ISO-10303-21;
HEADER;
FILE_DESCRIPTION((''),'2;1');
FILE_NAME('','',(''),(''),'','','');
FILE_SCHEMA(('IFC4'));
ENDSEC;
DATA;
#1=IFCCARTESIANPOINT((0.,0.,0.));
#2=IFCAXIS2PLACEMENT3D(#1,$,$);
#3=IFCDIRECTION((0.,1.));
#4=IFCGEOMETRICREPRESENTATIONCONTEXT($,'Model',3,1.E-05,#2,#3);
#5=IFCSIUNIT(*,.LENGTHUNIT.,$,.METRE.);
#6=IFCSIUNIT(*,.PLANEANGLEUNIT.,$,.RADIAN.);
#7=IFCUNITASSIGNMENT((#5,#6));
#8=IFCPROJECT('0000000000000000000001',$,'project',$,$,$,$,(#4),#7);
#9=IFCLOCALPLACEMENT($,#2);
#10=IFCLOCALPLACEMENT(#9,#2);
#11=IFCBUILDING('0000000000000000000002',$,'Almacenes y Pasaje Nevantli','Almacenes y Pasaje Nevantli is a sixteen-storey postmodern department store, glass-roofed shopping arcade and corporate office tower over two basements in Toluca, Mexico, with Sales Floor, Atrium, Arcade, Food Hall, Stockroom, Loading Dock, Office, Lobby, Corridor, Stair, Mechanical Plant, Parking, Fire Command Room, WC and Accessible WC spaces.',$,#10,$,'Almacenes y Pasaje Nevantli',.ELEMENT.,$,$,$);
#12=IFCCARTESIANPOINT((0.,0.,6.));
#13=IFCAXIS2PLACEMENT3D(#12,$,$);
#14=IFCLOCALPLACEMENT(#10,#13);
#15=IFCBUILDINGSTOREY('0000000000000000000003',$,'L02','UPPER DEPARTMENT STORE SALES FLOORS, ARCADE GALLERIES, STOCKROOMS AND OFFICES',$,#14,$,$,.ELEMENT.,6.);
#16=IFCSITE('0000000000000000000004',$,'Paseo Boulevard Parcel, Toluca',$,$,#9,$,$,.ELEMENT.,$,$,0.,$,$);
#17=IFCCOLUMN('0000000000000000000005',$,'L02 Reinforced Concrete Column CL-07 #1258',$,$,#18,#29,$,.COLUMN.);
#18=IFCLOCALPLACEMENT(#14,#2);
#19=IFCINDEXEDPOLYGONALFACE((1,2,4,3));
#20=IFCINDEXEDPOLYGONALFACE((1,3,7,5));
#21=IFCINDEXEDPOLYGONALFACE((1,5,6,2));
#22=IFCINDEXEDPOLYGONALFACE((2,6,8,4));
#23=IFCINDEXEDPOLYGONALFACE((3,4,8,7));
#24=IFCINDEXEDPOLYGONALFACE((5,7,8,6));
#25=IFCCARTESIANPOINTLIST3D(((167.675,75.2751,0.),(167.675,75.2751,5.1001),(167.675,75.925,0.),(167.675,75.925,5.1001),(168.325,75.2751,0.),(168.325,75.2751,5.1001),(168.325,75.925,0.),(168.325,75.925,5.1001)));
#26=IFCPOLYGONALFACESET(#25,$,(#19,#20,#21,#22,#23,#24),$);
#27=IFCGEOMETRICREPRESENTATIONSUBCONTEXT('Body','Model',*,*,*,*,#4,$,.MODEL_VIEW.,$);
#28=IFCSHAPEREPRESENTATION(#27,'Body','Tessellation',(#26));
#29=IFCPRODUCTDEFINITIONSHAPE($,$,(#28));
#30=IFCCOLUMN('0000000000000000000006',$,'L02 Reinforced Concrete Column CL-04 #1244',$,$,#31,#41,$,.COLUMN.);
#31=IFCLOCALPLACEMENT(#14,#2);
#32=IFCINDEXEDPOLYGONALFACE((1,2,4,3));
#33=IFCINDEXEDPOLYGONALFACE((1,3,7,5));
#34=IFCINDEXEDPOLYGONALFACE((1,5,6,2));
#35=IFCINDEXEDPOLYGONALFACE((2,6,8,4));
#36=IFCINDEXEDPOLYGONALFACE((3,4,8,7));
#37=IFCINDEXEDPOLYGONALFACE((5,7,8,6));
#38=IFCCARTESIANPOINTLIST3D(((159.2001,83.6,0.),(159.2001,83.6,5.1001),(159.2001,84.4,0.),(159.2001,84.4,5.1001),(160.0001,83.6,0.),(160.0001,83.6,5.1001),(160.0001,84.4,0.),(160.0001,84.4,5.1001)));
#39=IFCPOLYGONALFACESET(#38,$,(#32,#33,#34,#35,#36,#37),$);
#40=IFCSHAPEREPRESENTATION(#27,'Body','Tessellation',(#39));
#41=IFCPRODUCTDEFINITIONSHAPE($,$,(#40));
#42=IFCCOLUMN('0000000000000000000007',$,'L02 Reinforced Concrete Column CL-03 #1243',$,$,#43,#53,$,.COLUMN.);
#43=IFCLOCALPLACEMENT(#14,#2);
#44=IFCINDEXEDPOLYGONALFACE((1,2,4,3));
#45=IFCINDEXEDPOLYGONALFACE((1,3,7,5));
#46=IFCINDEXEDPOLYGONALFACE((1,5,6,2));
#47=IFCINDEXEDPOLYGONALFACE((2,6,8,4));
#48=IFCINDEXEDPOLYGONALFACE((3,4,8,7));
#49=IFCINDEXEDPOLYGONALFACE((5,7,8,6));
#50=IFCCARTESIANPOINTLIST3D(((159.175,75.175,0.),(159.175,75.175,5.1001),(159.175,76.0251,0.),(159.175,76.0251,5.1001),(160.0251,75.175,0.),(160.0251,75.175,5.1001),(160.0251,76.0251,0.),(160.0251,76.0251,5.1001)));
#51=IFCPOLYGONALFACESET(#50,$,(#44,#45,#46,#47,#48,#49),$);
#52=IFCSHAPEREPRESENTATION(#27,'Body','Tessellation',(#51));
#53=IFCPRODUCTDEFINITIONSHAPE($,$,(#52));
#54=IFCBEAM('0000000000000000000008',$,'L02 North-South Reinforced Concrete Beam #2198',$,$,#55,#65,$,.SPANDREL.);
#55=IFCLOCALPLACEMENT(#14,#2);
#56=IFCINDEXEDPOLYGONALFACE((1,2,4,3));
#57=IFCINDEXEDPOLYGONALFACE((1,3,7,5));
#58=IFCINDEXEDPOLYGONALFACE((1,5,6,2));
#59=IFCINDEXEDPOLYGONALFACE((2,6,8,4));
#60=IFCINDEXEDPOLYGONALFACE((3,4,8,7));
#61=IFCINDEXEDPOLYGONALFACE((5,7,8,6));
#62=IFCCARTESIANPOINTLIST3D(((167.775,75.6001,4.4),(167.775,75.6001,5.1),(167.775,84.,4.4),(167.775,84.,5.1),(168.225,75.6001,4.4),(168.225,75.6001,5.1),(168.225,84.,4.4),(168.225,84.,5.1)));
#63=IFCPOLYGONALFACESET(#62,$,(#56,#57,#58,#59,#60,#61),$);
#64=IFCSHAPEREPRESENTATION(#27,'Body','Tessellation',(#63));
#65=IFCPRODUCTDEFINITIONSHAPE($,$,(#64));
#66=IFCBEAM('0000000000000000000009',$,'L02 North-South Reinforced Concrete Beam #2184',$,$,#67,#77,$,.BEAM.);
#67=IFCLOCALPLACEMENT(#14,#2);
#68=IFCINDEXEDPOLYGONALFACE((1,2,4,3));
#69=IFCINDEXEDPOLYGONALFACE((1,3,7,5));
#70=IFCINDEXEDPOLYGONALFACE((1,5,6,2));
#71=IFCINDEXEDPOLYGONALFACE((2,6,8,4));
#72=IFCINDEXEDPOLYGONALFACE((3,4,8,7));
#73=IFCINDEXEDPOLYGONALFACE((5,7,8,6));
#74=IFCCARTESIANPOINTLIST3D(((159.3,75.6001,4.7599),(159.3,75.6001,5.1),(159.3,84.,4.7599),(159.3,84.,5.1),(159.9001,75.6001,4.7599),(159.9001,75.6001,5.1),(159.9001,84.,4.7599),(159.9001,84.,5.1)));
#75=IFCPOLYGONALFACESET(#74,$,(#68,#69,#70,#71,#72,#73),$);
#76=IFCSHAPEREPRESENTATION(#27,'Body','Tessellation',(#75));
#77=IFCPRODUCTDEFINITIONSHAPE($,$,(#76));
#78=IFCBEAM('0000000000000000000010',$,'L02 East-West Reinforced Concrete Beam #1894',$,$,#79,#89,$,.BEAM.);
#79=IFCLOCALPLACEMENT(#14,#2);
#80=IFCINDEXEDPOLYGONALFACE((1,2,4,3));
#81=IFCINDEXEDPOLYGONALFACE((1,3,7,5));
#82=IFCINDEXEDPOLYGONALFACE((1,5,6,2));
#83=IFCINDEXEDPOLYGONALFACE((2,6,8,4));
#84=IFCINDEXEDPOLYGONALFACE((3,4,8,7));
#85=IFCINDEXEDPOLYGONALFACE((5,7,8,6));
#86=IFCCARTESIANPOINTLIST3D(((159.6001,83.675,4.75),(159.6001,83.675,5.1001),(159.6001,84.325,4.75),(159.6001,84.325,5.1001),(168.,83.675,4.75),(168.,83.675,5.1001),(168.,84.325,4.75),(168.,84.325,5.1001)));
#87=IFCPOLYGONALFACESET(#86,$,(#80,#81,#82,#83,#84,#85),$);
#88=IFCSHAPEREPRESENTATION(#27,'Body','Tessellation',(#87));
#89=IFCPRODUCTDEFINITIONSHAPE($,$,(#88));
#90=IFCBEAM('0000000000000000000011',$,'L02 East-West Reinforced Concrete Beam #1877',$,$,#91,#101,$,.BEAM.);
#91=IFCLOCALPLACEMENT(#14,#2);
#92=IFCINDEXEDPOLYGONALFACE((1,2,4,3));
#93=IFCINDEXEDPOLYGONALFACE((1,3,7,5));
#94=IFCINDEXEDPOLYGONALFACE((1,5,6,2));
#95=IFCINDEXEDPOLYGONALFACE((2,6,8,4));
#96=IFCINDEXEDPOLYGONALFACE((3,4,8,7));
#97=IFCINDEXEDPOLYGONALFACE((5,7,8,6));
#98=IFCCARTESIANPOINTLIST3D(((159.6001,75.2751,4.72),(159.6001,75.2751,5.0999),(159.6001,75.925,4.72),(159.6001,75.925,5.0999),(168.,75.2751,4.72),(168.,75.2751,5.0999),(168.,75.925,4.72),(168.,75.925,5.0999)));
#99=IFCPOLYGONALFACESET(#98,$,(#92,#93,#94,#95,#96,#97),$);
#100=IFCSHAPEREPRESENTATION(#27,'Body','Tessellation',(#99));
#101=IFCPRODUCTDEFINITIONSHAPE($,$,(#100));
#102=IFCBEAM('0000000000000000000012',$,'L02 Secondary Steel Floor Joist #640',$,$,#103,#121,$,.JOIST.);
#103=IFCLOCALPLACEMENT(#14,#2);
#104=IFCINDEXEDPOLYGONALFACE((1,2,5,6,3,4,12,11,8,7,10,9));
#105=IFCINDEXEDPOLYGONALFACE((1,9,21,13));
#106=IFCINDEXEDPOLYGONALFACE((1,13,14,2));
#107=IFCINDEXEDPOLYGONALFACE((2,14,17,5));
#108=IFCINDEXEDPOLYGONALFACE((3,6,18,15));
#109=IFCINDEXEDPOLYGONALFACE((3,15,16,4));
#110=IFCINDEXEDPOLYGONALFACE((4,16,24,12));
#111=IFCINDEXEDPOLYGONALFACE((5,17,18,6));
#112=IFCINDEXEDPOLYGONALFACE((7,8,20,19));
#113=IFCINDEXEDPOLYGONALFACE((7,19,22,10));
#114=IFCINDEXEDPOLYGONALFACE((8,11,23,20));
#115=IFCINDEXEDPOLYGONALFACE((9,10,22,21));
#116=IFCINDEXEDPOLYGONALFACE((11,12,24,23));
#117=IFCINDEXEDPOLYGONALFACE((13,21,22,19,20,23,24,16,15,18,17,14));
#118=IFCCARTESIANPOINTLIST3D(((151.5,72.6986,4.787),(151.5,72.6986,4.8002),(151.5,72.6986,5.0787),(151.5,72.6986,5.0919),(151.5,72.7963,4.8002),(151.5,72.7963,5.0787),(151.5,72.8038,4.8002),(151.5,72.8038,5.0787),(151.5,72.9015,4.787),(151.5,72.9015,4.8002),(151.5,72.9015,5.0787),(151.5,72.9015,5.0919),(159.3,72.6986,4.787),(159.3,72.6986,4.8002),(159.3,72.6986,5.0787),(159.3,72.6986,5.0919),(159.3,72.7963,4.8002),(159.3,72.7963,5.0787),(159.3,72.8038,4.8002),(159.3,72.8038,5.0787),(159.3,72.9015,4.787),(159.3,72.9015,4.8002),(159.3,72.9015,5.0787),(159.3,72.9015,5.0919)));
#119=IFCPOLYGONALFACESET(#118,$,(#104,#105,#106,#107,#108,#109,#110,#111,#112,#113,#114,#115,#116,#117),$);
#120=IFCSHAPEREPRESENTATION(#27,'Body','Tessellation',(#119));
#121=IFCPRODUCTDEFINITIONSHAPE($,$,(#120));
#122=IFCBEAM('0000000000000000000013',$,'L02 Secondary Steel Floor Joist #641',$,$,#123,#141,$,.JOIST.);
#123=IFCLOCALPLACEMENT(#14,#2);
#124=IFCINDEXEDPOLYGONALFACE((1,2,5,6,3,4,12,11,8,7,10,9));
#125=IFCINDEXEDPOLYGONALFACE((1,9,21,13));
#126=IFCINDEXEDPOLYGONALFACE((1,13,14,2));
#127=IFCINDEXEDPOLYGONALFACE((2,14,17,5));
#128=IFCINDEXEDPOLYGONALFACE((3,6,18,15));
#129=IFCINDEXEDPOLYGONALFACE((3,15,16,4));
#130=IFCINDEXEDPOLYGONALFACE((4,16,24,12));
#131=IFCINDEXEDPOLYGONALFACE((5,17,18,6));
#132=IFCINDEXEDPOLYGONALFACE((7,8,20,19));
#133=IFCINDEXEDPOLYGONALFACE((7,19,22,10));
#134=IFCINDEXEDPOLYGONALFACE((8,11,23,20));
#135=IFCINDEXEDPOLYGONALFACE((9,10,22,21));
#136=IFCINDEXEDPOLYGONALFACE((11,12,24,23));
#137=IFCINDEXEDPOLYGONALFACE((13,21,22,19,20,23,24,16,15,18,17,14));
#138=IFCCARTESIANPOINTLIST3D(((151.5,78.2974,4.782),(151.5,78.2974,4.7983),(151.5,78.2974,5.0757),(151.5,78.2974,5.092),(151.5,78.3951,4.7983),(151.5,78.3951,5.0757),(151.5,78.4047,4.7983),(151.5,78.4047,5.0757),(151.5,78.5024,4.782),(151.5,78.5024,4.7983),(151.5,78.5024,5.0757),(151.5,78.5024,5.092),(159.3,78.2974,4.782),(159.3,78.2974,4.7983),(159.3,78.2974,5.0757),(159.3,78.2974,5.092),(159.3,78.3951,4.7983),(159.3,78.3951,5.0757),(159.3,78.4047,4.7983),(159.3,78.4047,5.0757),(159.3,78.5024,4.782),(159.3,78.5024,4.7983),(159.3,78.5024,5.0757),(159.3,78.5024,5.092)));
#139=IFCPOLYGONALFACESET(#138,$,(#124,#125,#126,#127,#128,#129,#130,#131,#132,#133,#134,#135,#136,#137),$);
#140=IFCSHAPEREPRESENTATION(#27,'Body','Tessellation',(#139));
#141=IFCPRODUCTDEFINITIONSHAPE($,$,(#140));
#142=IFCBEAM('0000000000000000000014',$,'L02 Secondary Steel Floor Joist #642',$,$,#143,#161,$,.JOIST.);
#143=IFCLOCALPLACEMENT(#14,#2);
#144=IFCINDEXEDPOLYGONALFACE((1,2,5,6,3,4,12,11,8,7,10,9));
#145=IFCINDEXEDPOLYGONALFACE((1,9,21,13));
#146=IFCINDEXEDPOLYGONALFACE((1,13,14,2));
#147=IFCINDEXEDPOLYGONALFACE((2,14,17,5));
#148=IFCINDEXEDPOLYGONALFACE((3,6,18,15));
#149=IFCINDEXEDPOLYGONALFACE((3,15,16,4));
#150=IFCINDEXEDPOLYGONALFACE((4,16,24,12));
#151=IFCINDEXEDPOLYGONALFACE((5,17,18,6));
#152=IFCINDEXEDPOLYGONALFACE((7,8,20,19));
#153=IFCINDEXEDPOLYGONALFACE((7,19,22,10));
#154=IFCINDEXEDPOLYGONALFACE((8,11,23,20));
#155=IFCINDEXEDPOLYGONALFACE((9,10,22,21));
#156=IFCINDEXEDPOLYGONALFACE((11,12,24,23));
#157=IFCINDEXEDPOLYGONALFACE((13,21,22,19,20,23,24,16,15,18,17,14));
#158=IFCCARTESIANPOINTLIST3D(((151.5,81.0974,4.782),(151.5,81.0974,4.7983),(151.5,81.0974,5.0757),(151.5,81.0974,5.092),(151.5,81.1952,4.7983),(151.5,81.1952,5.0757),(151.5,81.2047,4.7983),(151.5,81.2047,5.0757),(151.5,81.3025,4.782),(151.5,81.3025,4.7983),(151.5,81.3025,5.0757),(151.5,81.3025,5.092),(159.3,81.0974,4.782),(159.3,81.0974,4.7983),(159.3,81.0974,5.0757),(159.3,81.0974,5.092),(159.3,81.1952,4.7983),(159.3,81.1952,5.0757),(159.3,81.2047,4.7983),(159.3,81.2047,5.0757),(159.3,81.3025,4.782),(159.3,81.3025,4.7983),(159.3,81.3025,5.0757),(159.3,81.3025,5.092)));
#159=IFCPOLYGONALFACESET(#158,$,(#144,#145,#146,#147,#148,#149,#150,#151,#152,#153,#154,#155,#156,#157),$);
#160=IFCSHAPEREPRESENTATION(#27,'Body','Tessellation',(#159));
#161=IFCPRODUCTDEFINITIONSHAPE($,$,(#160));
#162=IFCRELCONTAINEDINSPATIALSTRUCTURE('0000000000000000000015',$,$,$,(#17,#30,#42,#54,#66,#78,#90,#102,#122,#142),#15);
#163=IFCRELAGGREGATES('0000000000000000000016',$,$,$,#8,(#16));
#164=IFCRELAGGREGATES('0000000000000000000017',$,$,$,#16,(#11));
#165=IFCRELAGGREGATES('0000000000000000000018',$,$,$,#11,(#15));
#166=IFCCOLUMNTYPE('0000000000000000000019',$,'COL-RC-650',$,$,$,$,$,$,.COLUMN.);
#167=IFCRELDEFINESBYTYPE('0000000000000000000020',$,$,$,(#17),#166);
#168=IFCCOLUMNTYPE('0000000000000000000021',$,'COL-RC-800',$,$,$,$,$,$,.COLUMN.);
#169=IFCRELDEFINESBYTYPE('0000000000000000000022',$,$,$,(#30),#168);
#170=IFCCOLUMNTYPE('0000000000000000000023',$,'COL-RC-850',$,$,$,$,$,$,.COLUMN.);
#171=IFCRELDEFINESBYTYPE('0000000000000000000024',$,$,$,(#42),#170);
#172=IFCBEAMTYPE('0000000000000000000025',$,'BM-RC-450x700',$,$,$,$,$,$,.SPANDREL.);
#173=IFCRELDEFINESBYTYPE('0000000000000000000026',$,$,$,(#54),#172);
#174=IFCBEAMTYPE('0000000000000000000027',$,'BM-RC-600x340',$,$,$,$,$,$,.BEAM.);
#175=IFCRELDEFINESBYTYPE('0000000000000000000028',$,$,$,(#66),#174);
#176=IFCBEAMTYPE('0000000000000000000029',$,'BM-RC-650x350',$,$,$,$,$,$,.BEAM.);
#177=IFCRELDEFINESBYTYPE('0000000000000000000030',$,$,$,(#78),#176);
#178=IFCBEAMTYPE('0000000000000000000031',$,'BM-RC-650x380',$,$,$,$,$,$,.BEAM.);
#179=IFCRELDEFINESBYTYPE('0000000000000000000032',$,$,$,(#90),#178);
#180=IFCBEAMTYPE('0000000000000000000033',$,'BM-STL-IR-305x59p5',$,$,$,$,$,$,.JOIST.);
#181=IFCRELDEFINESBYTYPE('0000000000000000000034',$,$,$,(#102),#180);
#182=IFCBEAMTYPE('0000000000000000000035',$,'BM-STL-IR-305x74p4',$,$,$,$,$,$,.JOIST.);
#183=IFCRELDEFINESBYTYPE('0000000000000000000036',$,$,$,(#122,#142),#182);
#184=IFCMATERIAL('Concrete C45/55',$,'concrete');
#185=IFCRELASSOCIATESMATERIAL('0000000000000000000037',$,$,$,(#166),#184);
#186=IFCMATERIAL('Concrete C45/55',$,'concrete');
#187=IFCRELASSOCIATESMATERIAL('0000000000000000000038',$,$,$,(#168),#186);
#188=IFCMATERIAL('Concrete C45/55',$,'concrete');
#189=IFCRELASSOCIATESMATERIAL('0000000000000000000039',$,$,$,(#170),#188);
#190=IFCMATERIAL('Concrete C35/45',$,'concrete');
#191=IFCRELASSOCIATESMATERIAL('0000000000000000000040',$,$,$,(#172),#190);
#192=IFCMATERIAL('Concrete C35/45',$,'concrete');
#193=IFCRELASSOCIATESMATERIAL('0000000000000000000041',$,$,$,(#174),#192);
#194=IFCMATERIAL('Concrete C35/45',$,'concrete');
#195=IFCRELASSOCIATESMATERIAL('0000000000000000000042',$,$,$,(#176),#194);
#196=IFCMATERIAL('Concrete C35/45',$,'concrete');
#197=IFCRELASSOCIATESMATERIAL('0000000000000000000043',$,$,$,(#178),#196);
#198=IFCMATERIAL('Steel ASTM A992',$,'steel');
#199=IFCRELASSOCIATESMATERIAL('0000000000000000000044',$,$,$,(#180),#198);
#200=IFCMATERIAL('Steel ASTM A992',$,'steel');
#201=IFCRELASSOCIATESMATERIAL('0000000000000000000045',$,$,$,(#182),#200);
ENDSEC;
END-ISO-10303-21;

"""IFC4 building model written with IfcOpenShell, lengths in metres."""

from ifc_helpers import new_model, si_unit, direction, frame, origin, origin_2d, place, context, subcontext, project, spatial, rectangle, i_section, extrude, material, material_profile, profile_set, type_object, element, save


model = new_model("IFC4")

# Units and contexts
model_context = context("Model", 3, precision=1e-05, world=origin(), true_north=direction((0.0, 1.0)))
body_context = subcontext(model_context, "Body", "Model", "MODEL_VIEW")
ifc_project = project(units=[si_unit("LENGTHUNIT", "METRE"), si_unit("PLANEANGLEUNIT", "RADIAN")], contexts=[model_context])

# Site, building, storey
site_placement = place(None, origin())
site = spatial("IfcSite", under=ifc_project, at=site_placement, Name="Paseo Boulevard Parcel, Toluca", CompositionType="ELEMENT", RefElevation=0.0)
building_placement = place(site_placement, origin())
building = spatial("IfcBuilding", under=site, at=building_placement, Name="Almacenes y Pasaje Nevantli", Description="Almacenes y Pasaje Nevantli is a sixteen-storey postmodern department store, glass-roofed shopping arcade and corporate office tower over two basements in Toluca, Mexico, with Sales Floor, Atrium, Arcade, Food Hall, Stockroom, Loading Dock, Office, Lobby, Corridor, Stair, Mechanical Plant, Parking, Fire Command Room, WC and Accessible WC spaces.", LongName="Almacenes y Pasaje Nevantli", CompositionType="ELEMENT")
storey_placement = place(building_placement, frame((0.0, 0.0, 6.0)))
storey = spatial("IfcBuildingStorey", under=building, at=storey_placement, Name="L02", Description="UPPER DEPARTMENT STORE SALES FLOORS, ARCADE GALLERIES, STOCKROOMS AND OFFICES", CompositionType="ELEMENT", Elevation=6.0)

# Columns
ifc_material_1 = material(Name="Concrete C45/55", Category="concrete")
ifc_material_profile_1 = material_profile(ifc_material_1, rectangle(XDim=0.6499, YDim=0.6499, at=origin_2d()), Name="RC-COL-650x650")
ifc_profile_set_1 = profile_set([ifc_material_profile_1], Name="Concrete C45/55")
column_type_1 = type_object("IfcColumnType", Name="COL-RC-650", PredefinedType="COLUMN", material=ifc_profile_set_1)
column_1_placement = place(storey_placement, frame((168.0, 75.6001, 0.0), z_axis=(0.0, 0.0, 1.0), x_axis=(1.0, 0.0, 0.0)))
element("IfcColumn", 1, at=column_1_placement, inside=storey, type_object=column_type_1, Name="L02 Reinforced Concrete Column CL-07 #1258", PredefinedType="COLUMN", context=body_context, shape_type="SweptSolid", body=[
    extrude(rectangle(XDim=0.6499, YDim=0.6499, at=origin_2d()), origin(), (0.0, 0.0, 1.0), 5.1001),
])
ifc_material_2 = material(Name="Concrete C45/55", Category="concrete")
ifc_material_profile_2 = material_profile(ifc_material_2, rectangle(XDim=0.8, YDim=0.8, at=origin_2d()), Name="RC-COL-800x800")
ifc_profile_set_2 = profile_set([ifc_material_profile_2], Name="Concrete C45/55")
column_type_2 = type_object("IfcColumnType", Name="COL-RC-800", PredefinedType="COLUMN", material=ifc_profile_set_2)
column_2_placement = place(storey_placement, frame((159.6001, 84.0, 0.0), z_axis=(0.0, 0.0, 1.0), x_axis=(1.0, 0.0, 0.0)))
element("IfcColumn", 2, at=column_2_placement, inside=storey, type_object=column_type_2, Name="L02 Reinforced Concrete Column CL-04 #1244", PredefinedType="COLUMN", context=body_context, shape_type="SweptSolid", body=[
    extrude(rectangle(XDim=0.8, YDim=0.8, at=origin_2d()), origin(), (0.0, 0.0, 1.0), 5.1001),
])
ifc_material_3 = material(Name="Concrete C45/55", Category="concrete")
ifc_material_profile_3 = material_profile(ifc_material_3, rectangle(XDim=0.8501, YDim=0.8501, at=origin_2d()), Name="RC-COL-850x850")
ifc_profile_set_3 = profile_set([ifc_material_profile_3], Name="Concrete C45/55")
column_type_3 = type_object("IfcColumnType", Name="COL-RC-850", PredefinedType="COLUMN", material=ifc_profile_set_3)
column_3_placement = place(storey_placement, frame((159.6001, 75.6001, 0.0), z_axis=(0.0, 0.0, 1.0), x_axis=(1.0, 0.0, 0.0)))
element("IfcColumn", 3, at=column_3_placement, inside=storey, type_object=column_type_3, Name="L02 Reinforced Concrete Column CL-03 #1243", PredefinedType="COLUMN", context=body_context, shape_type="SweptSolid", body=[
    extrude(rectangle(XDim=0.8501, YDim=0.8501, at=origin_2d()), origin(), (0.0, 0.0, 1.0), 5.1001),
])

# Beams
ifc_material_4 = material(Name="Concrete C35/45", Category="concrete")
ifc_material_profile_4 = material_profile(ifc_material_4, rectangle(XDim=0.45, YDim=0.7, at=origin_2d()), Name="RC-BM-450x700")
ifc_profile_set_4 = profile_set([ifc_material_profile_4], Name="Concrete C35/45")
beam_type_1 = type_object("IfcBeamType", Name="BM-RC-450x700", PredefinedType="SPANDREL", material=ifc_profile_set_4)
beam_1_placement = place(storey_placement, frame((168.0, 75.6001, 4.75), z_axis=(0.0, 1.0, 0.0), x_axis=(-1.0, 0.0, 0.0)))
element("IfcBeam", 4, at=beam_1_placement, inside=storey, type_object=beam_type_1, Name="L02 North-South Reinforced Concrete Beam #2198", PredefinedType="SPANDREL", context=body_context, shape_type="SweptSolid", body=[
    extrude(rectangle(XDim=0.45, YDim=0.7, at=origin_2d()), origin(), (0.0, 0.0, 1.0), 8.3999),
])
ifc_material_5 = material(Name="Concrete C35/45", Category="concrete")
ifc_material_profile_5 = material_profile(ifc_material_5, rectangle(XDim=0.6001, YDim=0.3401, at=origin_2d()), Name="RC-BM-600x340")
ifc_profile_set_5 = profile_set([ifc_material_profile_5], Name="Concrete C35/45")
beam_type_2 = type_object("IfcBeamType", Name="BM-RC-600x340", PredefinedType="BEAM", material=ifc_profile_set_5)
beam_2_placement = place(storey_placement, frame((159.6001, 75.6001, 4.9299), z_axis=(0.0, 1.0, 0.0), x_axis=(-1.0, 0.0, 0.0)))
element("IfcBeam", 5, at=beam_2_placement, inside=storey, type_object=beam_type_2, Name="L02 North-South Reinforced Concrete Beam #2184", PredefinedType="BEAM", context=body_context, shape_type="SweptSolid", body=[
    extrude(rectangle(XDim=0.6001, YDim=0.3401, at=origin_2d()), origin(), (0.0, 0.0, 1.0), 8.3999),
])
ifc_material_6 = material(Name="Concrete C35/45", Category="concrete")
ifc_material_profile_6 = material_profile(ifc_material_6, rectangle(XDim=0.6499, YDim=0.3501, at=origin_2d()), Name="RC-BM-650x350")
ifc_profile_set_6 = profile_set([ifc_material_profile_6], Name="Concrete C35/45")
beam_type_3 = type_object("IfcBeamType", Name="BM-RC-650x350", PredefinedType="BEAM", material=ifc_profile_set_6)
beam_3_placement = place(storey_placement, frame((159.6001, 84.0, 4.925), z_axis=(1.0, 0.0, 0.0), x_axis=(0.0, 1.0, 0.0)))
element("IfcBeam", 6, at=beam_3_placement, inside=storey, type_object=beam_type_3, Name="L02 East-West Reinforced Concrete Beam #1894", PredefinedType="BEAM", context=body_context, shape_type="SweptSolid", body=[
    extrude(rectangle(XDim=0.6499, YDim=0.3501, at=origin_2d()), origin(), (0.0, 0.0, 1.0), 8.3999),
])
ifc_material_7 = material(Name="Concrete C35/45", Category="concrete")
ifc_material_profile_7 = material_profile(ifc_material_7, rectangle(XDim=0.6499, YDim=0.3799, at=origin_2d()), Name="RC-BM-650x380")
ifc_profile_set_7 = profile_set([ifc_material_profile_7], Name="Concrete C35/45")
beam_type_4 = type_object("IfcBeamType", Name="BM-RC-650x380", PredefinedType="BEAM", material=ifc_profile_set_7)
beam_4_placement = place(storey_placement, frame((159.6001, 75.6001, 4.9099), z_axis=(1.0, 0.0, 0.0), x_axis=(0.0, 1.0, 0.0)))
element("IfcBeam", 7, at=beam_4_placement, inside=storey, type_object=beam_type_4, Name="L02 East-West Reinforced Concrete Beam #1877", PredefinedType="BEAM", context=body_context, shape_type="SweptSolid", body=[
    extrude(rectangle(XDim=0.6499, YDim=0.3799, at=origin_2d()), origin(), (0.0, 0.0, 1.0), 8.3999),
])
ifc_material_8 = material(Name="Steel ASTM A992", Category="steel")
ifc_material_profile_8 = material_profile(ifc_material_8, i_section(OverallWidth=0.2029, OverallDepth=0.3049, WebThickness=0.0076, FlangeThickness=0.0132, at=origin_2d()), Name="IR 305x59.5")
ifc_profile_set_8 = profile_set([ifc_material_profile_8], Name="Steel ASTM A992")
beam_type_5 = type_object("IfcBeamType", Name="BM-STL-IR-305x59p5", PredefinedType="JOIST", material=ifc_profile_set_8)
beam_5_placement = place(storey_placement, frame((151.5, 72.8, 4.9395), z_axis=(1.0, 0.0, 0.0), x_axis=(0.0, 1.0, 0.0)))
element("IfcBeam", 8, at=beam_5_placement, inside=storey, type_object=beam_type_5, Name="L02 Secondary Steel Floor Joist #640", PredefinedType="JOIST", context=body_context, shape_type="SweptSolid", body=[
    extrude(i_section(OverallWidth=0.2029, OverallDepth=0.3049, WebThickness=0.0076, FlangeThickness=0.0132, at=origin_2d()), origin(), (0.0, 0.0, 1.0), 7.8),
])
ifc_material_9 = material(Name="Steel ASTM A992", Category="steel")
ifc_material_profile_9 = material_profile(ifc_material_9, i_section(OverallWidth=0.2051, OverallDepth=0.3101, WebThickness=0.0095, FlangeThickness=0.0164, at=origin_2d()), Name="IR 305x74.4")
ifc_profile_set_9 = profile_set([ifc_material_profile_9], Name="Steel ASTM A992")
beam_type_6 = type_object("IfcBeamType", Name="BM-STL-IR-305x74p4", PredefinedType="JOIST", material=ifc_profile_set_9)
for number, where, z_axis, x_axis, name in (
    (9, (151.5, 78.3999, 4.937), (1.0, 0.0, 0.0), (0.0, 1.0, 0.0), "L02 Secondary Steel Floor Joist #641"),
    (10, (151.5, 81.2, 4.937), (1.0, 0.0, 0.0), (0.0, 1.0, 0.0), "L02 Secondary Steel Floor Joist #642"),
):
    element("IfcBeam", number, at=place(storey_placement, frame(where, z_axis=z_axis, x_axis=x_axis)), inside=storey, type_object=beam_type_6, Name=name, PredefinedType="JOIST", context=body_context, shape_type="SweptSolid", body=[
        extrude(i_section(OverallWidth=0.2051, OverallDepth=0.3101, WebThickness=0.0095, FlangeThickness=0.0164, at=origin_2d()), origin(), (0.0, 0.0, 1.0), 7.8),
    ])

save(model, "model.ifc")
